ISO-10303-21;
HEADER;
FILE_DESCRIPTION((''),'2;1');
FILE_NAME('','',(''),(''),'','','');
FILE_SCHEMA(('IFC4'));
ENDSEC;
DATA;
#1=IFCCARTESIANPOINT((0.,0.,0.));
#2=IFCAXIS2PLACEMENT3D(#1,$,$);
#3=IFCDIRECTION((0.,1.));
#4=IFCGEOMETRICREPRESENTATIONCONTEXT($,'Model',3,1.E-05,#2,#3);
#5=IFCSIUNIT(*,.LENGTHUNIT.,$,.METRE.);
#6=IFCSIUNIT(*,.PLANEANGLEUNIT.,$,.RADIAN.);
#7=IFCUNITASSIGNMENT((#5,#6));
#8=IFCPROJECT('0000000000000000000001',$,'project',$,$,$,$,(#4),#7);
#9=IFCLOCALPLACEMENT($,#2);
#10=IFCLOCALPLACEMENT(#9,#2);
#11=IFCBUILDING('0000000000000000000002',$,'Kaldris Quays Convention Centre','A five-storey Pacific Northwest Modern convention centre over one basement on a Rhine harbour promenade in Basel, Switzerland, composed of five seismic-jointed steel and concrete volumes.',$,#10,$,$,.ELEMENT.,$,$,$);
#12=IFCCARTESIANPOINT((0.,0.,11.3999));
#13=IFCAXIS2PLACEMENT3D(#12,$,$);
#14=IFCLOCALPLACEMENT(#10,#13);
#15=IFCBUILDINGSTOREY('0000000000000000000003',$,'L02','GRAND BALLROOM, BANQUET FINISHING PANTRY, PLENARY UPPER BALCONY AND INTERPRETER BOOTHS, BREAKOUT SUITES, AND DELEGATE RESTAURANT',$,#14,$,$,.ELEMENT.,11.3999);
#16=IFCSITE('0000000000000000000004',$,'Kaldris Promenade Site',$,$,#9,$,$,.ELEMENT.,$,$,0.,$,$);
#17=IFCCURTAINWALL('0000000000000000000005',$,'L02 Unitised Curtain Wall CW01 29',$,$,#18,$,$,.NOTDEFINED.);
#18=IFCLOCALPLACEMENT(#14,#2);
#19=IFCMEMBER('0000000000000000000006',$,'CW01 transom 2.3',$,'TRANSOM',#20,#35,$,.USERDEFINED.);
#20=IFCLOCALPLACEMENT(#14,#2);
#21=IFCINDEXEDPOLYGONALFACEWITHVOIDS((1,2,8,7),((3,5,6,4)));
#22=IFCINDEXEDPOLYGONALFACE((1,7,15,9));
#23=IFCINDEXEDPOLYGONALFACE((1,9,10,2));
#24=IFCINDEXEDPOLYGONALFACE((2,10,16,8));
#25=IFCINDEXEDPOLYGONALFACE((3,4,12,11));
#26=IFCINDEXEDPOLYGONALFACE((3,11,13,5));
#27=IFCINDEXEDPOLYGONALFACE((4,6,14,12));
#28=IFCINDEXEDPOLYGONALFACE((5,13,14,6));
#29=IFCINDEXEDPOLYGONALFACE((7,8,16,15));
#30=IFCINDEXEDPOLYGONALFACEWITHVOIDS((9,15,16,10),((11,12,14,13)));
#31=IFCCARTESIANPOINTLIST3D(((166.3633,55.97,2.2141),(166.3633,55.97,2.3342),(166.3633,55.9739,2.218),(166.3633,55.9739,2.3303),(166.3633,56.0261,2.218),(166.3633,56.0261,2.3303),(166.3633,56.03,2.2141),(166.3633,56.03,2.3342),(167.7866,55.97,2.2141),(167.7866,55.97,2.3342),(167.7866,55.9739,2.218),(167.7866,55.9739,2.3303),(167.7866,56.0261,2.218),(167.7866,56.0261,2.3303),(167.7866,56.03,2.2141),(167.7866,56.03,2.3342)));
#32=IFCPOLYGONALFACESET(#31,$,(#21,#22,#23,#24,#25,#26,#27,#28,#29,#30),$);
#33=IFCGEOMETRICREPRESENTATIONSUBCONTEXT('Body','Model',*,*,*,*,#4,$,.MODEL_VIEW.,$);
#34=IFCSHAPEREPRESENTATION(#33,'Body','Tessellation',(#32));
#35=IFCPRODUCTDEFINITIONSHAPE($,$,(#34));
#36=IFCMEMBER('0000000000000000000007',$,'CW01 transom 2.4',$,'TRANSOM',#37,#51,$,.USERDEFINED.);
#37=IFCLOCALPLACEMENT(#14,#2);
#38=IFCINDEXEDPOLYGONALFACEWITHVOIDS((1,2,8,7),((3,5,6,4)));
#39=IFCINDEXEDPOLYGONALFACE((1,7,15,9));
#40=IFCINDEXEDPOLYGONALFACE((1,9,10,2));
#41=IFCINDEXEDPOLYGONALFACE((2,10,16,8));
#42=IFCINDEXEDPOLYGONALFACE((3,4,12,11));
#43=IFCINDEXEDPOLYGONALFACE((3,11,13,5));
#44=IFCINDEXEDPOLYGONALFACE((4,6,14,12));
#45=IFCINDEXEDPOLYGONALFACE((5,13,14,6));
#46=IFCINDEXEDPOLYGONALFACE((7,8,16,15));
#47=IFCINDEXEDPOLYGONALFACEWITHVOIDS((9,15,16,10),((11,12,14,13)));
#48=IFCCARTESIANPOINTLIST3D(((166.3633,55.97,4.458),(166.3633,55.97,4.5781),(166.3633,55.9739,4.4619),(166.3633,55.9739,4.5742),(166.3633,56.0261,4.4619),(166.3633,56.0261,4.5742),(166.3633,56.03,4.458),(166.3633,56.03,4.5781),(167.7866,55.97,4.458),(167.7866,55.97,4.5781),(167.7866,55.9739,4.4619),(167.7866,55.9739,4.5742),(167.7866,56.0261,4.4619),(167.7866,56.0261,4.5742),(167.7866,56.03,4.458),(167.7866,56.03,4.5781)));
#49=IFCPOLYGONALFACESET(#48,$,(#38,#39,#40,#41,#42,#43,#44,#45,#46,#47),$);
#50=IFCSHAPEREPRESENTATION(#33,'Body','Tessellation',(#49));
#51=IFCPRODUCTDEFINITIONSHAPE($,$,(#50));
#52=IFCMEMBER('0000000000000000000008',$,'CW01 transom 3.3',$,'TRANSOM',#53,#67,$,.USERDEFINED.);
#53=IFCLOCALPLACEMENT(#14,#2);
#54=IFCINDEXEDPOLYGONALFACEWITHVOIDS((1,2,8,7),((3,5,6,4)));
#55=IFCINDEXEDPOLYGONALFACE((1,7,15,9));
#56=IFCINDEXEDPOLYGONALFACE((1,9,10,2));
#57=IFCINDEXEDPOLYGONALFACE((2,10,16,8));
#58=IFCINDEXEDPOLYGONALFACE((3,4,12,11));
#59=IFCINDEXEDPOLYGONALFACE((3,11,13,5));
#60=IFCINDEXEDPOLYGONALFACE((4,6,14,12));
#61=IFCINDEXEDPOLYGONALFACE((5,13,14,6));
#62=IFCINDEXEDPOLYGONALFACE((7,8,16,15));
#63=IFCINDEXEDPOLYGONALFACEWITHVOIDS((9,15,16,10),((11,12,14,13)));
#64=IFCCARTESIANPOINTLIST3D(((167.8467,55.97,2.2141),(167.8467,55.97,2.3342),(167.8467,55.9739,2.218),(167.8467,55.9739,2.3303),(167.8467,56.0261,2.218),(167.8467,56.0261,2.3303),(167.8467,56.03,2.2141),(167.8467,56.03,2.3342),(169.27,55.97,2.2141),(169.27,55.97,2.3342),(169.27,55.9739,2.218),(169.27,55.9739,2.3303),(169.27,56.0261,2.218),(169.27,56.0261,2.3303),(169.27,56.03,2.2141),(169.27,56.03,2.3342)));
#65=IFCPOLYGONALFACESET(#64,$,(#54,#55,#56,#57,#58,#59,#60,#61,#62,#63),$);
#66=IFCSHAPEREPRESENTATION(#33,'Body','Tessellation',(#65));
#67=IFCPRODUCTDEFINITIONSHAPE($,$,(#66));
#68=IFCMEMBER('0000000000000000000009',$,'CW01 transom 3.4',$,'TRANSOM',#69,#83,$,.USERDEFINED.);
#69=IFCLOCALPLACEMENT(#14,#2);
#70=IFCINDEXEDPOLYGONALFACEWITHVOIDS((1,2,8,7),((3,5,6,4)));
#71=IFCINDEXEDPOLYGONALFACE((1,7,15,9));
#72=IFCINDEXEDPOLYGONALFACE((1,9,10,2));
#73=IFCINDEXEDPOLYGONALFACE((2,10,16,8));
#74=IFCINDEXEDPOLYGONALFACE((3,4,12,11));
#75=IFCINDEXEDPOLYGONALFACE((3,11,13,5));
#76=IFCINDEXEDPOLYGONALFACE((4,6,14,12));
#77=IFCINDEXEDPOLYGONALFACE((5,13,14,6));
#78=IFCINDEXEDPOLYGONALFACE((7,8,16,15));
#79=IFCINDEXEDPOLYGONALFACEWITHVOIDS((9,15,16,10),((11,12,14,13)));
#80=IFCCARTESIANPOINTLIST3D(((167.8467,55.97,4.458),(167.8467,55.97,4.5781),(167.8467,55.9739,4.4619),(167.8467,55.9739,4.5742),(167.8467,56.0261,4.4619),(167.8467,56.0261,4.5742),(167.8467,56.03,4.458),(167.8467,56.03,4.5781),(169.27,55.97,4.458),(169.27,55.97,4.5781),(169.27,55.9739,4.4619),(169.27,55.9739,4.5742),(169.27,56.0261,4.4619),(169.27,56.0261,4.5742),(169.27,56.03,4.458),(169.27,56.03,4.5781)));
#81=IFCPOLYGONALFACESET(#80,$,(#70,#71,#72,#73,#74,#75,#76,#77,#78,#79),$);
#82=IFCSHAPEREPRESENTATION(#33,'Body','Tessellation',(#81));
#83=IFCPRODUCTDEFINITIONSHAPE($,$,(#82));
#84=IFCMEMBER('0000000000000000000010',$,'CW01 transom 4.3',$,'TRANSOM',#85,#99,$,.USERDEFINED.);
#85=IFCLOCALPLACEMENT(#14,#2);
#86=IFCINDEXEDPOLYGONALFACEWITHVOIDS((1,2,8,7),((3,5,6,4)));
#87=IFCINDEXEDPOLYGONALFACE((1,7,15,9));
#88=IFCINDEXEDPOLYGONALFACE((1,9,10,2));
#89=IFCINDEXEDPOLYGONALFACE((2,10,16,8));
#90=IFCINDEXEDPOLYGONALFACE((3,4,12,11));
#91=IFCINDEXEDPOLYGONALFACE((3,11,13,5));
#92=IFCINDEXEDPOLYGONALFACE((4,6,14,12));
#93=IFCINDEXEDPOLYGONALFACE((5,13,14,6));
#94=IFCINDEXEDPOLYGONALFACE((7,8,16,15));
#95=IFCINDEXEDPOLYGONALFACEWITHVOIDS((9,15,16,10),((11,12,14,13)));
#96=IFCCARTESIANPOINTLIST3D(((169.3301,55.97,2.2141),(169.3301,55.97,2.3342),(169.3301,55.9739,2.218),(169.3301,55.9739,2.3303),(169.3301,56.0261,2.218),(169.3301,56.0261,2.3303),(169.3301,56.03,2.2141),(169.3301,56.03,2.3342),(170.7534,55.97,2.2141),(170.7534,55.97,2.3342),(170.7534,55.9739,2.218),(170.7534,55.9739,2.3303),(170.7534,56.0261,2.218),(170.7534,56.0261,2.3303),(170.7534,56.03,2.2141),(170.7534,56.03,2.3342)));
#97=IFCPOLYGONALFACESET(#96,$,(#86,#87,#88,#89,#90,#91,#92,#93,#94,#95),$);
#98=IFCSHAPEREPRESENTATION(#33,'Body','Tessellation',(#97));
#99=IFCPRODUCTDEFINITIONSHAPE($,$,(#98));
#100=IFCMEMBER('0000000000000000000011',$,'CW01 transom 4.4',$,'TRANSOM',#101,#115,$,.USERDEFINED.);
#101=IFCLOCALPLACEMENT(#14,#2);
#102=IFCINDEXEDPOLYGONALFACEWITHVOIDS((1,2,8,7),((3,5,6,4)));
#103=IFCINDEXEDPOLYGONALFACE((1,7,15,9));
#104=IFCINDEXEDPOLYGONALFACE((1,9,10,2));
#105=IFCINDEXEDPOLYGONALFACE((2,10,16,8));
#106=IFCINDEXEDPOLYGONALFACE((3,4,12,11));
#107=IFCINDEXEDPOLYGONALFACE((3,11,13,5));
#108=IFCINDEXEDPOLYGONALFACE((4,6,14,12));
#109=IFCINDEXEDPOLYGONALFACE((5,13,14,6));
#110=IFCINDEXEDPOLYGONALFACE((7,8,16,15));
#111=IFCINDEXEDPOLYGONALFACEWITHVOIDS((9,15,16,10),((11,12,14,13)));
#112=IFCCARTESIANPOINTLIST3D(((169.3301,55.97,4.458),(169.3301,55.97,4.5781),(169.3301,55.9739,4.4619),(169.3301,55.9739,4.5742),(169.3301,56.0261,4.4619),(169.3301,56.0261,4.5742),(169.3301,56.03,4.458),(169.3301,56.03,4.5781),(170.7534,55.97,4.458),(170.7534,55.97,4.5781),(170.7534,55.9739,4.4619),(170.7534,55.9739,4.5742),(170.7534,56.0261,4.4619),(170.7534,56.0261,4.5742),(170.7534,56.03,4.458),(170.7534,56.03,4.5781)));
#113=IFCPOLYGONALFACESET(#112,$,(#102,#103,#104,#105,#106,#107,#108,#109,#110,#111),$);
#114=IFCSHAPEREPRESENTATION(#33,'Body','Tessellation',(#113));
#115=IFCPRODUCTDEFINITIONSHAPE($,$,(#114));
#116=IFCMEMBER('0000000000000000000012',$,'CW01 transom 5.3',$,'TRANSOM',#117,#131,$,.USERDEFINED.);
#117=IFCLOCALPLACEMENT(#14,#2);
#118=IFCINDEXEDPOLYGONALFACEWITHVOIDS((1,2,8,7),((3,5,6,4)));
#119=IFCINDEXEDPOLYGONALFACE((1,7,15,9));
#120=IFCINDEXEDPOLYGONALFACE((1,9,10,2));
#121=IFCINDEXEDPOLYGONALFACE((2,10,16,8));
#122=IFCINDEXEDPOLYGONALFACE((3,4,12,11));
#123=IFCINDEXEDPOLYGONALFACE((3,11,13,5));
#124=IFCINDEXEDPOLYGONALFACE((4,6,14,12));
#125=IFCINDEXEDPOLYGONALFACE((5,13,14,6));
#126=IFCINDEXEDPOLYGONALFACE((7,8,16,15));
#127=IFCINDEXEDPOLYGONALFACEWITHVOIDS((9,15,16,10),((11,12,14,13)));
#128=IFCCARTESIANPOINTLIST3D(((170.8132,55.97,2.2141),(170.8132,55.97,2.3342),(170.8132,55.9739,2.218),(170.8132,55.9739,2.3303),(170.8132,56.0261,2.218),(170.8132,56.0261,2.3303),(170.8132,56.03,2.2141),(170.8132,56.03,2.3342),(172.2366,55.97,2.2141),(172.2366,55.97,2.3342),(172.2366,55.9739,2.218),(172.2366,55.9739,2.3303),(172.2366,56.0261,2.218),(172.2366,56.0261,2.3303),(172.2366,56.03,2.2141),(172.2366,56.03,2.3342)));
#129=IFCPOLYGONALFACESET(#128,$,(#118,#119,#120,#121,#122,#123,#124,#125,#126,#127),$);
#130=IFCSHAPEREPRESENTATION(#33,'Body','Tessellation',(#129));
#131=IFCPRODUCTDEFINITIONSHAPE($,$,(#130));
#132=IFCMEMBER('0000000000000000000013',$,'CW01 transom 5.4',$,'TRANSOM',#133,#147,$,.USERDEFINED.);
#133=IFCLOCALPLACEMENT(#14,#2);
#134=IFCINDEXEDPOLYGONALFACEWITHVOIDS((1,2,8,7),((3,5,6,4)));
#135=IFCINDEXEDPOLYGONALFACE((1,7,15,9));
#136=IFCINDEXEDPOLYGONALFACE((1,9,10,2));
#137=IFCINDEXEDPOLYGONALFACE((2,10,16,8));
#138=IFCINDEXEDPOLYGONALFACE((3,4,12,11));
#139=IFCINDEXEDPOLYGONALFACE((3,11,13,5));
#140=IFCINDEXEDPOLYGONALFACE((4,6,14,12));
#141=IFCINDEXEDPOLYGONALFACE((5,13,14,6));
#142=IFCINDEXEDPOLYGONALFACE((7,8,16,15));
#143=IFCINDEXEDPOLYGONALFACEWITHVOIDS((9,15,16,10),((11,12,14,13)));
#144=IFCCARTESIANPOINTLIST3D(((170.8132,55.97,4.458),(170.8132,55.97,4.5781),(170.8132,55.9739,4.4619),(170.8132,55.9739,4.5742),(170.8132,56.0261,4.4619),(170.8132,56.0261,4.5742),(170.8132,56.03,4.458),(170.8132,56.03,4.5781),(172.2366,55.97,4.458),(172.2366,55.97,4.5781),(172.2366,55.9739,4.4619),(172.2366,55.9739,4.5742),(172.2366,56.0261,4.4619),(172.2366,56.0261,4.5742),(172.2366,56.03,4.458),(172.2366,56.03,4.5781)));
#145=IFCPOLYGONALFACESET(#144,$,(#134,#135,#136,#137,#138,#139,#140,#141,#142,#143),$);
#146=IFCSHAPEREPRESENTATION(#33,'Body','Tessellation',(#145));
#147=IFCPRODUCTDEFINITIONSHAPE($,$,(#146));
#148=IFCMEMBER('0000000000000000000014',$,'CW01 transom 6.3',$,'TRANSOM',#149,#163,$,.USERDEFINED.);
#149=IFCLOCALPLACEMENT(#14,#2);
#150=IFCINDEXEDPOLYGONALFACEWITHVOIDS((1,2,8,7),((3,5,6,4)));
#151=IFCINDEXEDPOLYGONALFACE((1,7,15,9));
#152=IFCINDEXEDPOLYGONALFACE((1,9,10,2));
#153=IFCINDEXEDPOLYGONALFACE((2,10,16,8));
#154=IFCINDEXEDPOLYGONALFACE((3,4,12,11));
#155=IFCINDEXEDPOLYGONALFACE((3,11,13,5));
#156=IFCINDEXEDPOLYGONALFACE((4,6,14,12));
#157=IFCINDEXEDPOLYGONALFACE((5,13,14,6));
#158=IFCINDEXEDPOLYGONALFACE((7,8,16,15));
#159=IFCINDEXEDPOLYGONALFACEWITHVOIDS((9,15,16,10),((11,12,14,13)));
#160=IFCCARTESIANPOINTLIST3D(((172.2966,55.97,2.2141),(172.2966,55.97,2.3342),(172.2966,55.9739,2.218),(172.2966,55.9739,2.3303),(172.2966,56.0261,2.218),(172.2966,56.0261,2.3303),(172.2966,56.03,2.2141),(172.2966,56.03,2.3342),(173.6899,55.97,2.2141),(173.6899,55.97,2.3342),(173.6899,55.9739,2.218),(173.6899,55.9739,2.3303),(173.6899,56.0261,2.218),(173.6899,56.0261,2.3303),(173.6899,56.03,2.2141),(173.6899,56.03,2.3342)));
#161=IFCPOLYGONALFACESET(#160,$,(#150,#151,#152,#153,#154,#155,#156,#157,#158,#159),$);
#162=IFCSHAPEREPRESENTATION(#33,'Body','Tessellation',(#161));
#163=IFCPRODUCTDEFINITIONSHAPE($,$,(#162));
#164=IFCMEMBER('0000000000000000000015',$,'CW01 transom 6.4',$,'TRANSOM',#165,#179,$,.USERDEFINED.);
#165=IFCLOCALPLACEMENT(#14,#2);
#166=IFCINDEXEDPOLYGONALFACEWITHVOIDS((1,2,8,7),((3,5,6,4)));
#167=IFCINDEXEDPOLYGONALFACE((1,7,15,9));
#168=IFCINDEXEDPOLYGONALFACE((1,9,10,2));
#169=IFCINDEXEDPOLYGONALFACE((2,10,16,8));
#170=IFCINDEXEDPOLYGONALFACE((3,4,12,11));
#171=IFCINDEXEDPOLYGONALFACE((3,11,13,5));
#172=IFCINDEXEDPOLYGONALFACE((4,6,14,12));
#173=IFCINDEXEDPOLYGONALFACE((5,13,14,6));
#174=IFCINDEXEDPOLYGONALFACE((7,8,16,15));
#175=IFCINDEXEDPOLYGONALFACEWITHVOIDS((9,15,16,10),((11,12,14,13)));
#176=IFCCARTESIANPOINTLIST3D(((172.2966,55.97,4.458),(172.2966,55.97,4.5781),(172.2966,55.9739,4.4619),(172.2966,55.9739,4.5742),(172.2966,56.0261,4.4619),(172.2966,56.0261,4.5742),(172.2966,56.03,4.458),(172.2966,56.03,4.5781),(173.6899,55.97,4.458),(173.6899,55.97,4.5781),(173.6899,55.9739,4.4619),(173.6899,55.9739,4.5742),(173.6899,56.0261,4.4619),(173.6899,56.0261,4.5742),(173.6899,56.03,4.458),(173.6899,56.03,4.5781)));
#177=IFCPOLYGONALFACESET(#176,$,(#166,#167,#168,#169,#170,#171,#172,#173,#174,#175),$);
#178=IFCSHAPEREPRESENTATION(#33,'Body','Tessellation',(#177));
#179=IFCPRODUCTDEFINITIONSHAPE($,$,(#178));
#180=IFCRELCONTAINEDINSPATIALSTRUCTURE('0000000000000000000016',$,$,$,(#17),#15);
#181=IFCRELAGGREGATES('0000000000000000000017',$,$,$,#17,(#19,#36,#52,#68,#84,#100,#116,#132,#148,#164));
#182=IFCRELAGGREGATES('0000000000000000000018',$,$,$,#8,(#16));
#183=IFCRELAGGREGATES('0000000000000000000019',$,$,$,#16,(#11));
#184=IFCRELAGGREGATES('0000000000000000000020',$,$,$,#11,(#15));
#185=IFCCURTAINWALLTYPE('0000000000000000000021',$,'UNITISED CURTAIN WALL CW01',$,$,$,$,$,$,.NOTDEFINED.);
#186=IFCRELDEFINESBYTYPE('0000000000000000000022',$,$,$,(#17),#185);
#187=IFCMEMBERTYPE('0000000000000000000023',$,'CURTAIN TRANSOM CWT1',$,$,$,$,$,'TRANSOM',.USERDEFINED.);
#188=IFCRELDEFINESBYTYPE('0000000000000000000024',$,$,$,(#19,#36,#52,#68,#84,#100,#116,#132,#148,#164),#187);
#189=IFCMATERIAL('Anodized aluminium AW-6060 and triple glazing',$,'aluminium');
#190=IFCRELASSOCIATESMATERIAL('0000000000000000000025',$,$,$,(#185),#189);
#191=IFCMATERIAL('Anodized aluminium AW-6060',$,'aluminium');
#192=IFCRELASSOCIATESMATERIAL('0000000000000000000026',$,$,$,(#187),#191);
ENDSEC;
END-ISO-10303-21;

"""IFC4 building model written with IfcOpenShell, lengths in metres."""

from ifc_helpers import new_model, si_unit, direction, frame, origin, origin_2d, place, context, subcontext, project, spatial, hollow_rectangle, extrude, material, material_profile, profile_set, type_object, element, aggregate, save


model = new_model("IFC4")

# Units and contexts
model_context = context("Model", 3, precision=1e-05, world=origin(), true_north=direction((0.0, 1.0)))
body_context = subcontext(model_context, "Body", "Model", "MODEL_VIEW")
ifc_project = project(units=[si_unit("LENGTHUNIT", "METRE"), si_unit("PLANEANGLEUNIT", "RADIAN")], contexts=[model_context])

# Site, building, storey
site_placement = place(None, origin())
site = spatial("IfcSite", under=ifc_project, at=site_placement, Name="Kaldris Promenade Site", CompositionType="ELEMENT", RefElevation=0.0)
building_placement = place(site_placement, origin())
building = spatial("IfcBuilding", under=site, at=building_placement, Name="Kaldris Quays Convention Centre", Description="A five-storey Pacific Northwest Modern convention centre over one basement on a Rhine harbour promenade in Basel, Switzerland, composed of five seismic-jointed steel and concrete volumes.", CompositionType="ELEMENT")
storey_placement = place(building_placement, frame((0.0, 0.0, 11.3999)))
storey = spatial("IfcBuildingStorey", under=building, at=storey_placement, Name="L02", Description="GRAND BALLROOM, BANQUET FINISHING PANTRY, PLENARY UPPER BALCONY AND INTERPRETER BOOTHS, BREAKOUT SUITES, AND DELEGATE RESTAURANT", CompositionType="ELEMENT", Elevation=11.3999)

# Curtain wall, members
ifc_material_1 = material(Name="Anodized aluminium AW-6060 and triple glazing", Category="aluminium")
curtain_wall_type = type_object("IfcCurtainWallType", Name="UNITISED CURTAIN WALL CW01", PredefinedType="NOTDEFINED", material=ifc_material_1)
curtain_wall_placement = place(storey_placement, origin())
curtain_wall = element("IfcCurtainWall", 1, at=curtain_wall_placement, inside=storey, type_object=curtain_wall_type, Name="L02 Unitised Curtain Wall CW01 29", PredefinedType="NOTDEFINED")
ifc_material_2 = material(Name="Anodized aluminium AW-6060", Category="aluminium")
ifc_material_profile_1 = material_profile(ifc_material_2, hollow_rectangle(XDim=0.0601, YDim=0.1201, WallThickness=0.0039, at=origin_2d()), Name="RHS 120x60x4")
ifc_profile_set_1 = profile_set([ifc_material_profile_1], Name="Anodized aluminium AW-6060")
member_type = type_object("IfcMemberType", Name="CURTAIN TRANSOM CWT1", ElementType="TRANSOM", PredefinedType="USERDEFINED", material=ifc_profile_set_1)
member_1_placement = place(storey_placement, frame((166.3633, 56.0, 2.2742), z_axis=(1.0, 0.0, 0.0), x_axis=(0.0, 1.0, 0.0)))
member_1 = element("IfcMember", 2, at=member_1_placement, type_object=member_type, Name="CW01 transom 2.3", ObjectType="TRANSOM", PredefinedType="USERDEFINED", context=body_context, shape_type="SweptSolid", body=[
    extrude(hollow_rectangle(XDim=0.0601, YDim=0.1201, WallThickness=0.0039, at=origin_2d()), origin(), (0.0, 0.0, 1.0), 1.4233),
])
member_2_placement = place(storey_placement, frame((166.3633, 56.0, 4.5181), z_axis=(1.0, 0.0, 0.0), x_axis=(0.0, 1.0, 0.0)))
member_2 = element("IfcMember", 3, at=member_2_placement, type_object=member_type, Name="CW01 transom 2.4", ObjectType="TRANSOM", PredefinedType="USERDEFINED", context=body_context, shape_type="SweptSolid", body=[
    extrude(hollow_rectangle(XDim=0.0601, YDim=0.1201, WallThickness=0.0039, at=origin_2d()), origin(), (0.0, 0.0, 1.0), 1.4233),
])
member_3_placement = place(storey_placement, frame((167.8467, 56.0, 2.2742), z_axis=(1.0, 0.0, 0.0), x_axis=(0.0, 1.0, 0.0)))
member_3 = element("IfcMember", 4, at=member_3_placement, type_object=member_type, Name="CW01 transom 3.3", ObjectType="TRANSOM", PredefinedType="USERDEFINED", context=body_context, shape_type="SweptSolid", body=[
    extrude(hollow_rectangle(XDim=0.0601, YDim=0.1201, WallThickness=0.0039, at=origin_2d()), origin(), (0.0, 0.0, 1.0), 1.4233),
])
member_4_placement = place(storey_placement, frame((167.8467, 56.0, 4.5181), z_axis=(1.0, 0.0, 0.0), x_axis=(0.0, 1.0, 0.0)))
member_4 = element("IfcMember", 5, at=member_4_placement, type_object=member_type, Name="CW01 transom 3.4", ObjectType="TRANSOM", PredefinedType="USERDEFINED", context=body_context, shape_type="SweptSolid", body=[
    extrude(hollow_rectangle(XDim=0.0601, YDim=0.1201, WallThickness=0.0039, at=origin_2d()), origin(), (0.0, 0.0, 1.0), 1.4233),
])
member_5_placement = place(storey_placement, frame((169.3301, 56.0, 2.2742), z_axis=(1.0, 0.0, 0.0), x_axis=(0.0, 1.0, 0.0)))
member_5 = element("IfcMember", 6, at=member_5_placement, type_object=member_type, Name="CW01 transom 4.3", ObjectType="TRANSOM", PredefinedType="USERDEFINED", context=body_context, shape_type="SweptSolid", body=[
    extrude(hollow_rectangle(XDim=0.0601, YDim=0.1201, WallThickness=0.0039, at=origin_2d()), origin(), (0.0, 0.0, 1.0), 1.4233),
])
member_6_placement = place(storey_placement, frame((169.3301, 56.0, 4.5181), z_axis=(1.0, 0.0, 0.0), x_axis=(0.0, 1.0, 0.0)))
member_6 = element("IfcMember", 7, at=member_6_placement, type_object=member_type, Name="CW01 transom 4.4", ObjectType="TRANSOM", PredefinedType="USERDEFINED", context=body_context, shape_type="SweptSolid", body=[
    extrude(hollow_rectangle(XDim=0.0601, YDim=0.1201, WallThickness=0.0039, at=origin_2d()), origin(), (0.0, 0.0, 1.0), 1.4233),
])
member_7_placement = place(storey_placement, frame((170.8132, 56.0, 2.2742), z_axis=(1.0, 0.0, 0.0), x_axis=(0.0, 1.0, 0.0)))
member_7 = element("IfcMember", 8, at=member_7_placement, type_object=member_type, Name="CW01 transom 5.3", ObjectType="TRANSOM", PredefinedType="USERDEFINED", context=body_context, shape_type="SweptSolid", body=[
    extrude(hollow_rectangle(XDim=0.0601, YDim=0.1201, WallThickness=0.0039, at=origin_2d()), origin(), (0.0, 0.0, 1.0), 1.4233),
])
member_8_placement = place(storey_placement, frame((170.8132, 56.0, 4.5181), z_axis=(1.0, 0.0, 0.0), x_axis=(0.0, 1.0, 0.0)))
member_8 = element("IfcMember", 9, at=member_8_placement, type_object=member_type, Name="CW01 transom 5.4", ObjectType="TRANSOM", PredefinedType="USERDEFINED", context=body_context, shape_type="SweptSolid", body=[
    extrude(hollow_rectangle(XDim=0.0601, YDim=0.1201, WallThickness=0.0039, at=origin_2d()), origin(), (0.0, 0.0, 1.0), 1.4233),
])
member_9_placement = place(storey_placement, frame((172.2966, 56.0, 2.2742), z_axis=(1.0, 0.0, 0.0), x_axis=(0.0, 1.0, 0.0)))
member_9 = element("IfcMember", 10, at=member_9_placement, type_object=member_type, Name="CW01 transom 6.3", ObjectType="TRANSOM", PredefinedType="USERDEFINED", context=body_context, shape_type="SweptSolid", body=[
    extrude(hollow_rectangle(XDim=0.0601, YDim=0.1201, WallThickness=0.0039, at=origin_2d()), origin(), (0.0, 0.0, 1.0), 1.3933),
])
member_10_placement = place(storey_placement, frame((172.2966, 56.0, 4.5181), z_axis=(1.0, 0.0, 0.0), x_axis=(0.0, 1.0, 0.0)))
member_10 = element("IfcMember", 11, at=member_10_placement, type_object=member_type, Name="CW01 transom 6.4", ObjectType="TRANSOM", PredefinedType="USERDEFINED", context=body_context, shape_type="SweptSolid", body=[
    extrude(hollow_rectangle(XDim=0.0601, YDim=0.1201, WallThickness=0.0039, at=origin_2d()), origin(), (0.0, 0.0, 1.0), 1.3933),
])

aggregate(curtain_wall, [member_1, member_2, member_3, member_4, member_5, member_6, member_7, member_8, member_9, member_10])

save(model, "model.ifc")
